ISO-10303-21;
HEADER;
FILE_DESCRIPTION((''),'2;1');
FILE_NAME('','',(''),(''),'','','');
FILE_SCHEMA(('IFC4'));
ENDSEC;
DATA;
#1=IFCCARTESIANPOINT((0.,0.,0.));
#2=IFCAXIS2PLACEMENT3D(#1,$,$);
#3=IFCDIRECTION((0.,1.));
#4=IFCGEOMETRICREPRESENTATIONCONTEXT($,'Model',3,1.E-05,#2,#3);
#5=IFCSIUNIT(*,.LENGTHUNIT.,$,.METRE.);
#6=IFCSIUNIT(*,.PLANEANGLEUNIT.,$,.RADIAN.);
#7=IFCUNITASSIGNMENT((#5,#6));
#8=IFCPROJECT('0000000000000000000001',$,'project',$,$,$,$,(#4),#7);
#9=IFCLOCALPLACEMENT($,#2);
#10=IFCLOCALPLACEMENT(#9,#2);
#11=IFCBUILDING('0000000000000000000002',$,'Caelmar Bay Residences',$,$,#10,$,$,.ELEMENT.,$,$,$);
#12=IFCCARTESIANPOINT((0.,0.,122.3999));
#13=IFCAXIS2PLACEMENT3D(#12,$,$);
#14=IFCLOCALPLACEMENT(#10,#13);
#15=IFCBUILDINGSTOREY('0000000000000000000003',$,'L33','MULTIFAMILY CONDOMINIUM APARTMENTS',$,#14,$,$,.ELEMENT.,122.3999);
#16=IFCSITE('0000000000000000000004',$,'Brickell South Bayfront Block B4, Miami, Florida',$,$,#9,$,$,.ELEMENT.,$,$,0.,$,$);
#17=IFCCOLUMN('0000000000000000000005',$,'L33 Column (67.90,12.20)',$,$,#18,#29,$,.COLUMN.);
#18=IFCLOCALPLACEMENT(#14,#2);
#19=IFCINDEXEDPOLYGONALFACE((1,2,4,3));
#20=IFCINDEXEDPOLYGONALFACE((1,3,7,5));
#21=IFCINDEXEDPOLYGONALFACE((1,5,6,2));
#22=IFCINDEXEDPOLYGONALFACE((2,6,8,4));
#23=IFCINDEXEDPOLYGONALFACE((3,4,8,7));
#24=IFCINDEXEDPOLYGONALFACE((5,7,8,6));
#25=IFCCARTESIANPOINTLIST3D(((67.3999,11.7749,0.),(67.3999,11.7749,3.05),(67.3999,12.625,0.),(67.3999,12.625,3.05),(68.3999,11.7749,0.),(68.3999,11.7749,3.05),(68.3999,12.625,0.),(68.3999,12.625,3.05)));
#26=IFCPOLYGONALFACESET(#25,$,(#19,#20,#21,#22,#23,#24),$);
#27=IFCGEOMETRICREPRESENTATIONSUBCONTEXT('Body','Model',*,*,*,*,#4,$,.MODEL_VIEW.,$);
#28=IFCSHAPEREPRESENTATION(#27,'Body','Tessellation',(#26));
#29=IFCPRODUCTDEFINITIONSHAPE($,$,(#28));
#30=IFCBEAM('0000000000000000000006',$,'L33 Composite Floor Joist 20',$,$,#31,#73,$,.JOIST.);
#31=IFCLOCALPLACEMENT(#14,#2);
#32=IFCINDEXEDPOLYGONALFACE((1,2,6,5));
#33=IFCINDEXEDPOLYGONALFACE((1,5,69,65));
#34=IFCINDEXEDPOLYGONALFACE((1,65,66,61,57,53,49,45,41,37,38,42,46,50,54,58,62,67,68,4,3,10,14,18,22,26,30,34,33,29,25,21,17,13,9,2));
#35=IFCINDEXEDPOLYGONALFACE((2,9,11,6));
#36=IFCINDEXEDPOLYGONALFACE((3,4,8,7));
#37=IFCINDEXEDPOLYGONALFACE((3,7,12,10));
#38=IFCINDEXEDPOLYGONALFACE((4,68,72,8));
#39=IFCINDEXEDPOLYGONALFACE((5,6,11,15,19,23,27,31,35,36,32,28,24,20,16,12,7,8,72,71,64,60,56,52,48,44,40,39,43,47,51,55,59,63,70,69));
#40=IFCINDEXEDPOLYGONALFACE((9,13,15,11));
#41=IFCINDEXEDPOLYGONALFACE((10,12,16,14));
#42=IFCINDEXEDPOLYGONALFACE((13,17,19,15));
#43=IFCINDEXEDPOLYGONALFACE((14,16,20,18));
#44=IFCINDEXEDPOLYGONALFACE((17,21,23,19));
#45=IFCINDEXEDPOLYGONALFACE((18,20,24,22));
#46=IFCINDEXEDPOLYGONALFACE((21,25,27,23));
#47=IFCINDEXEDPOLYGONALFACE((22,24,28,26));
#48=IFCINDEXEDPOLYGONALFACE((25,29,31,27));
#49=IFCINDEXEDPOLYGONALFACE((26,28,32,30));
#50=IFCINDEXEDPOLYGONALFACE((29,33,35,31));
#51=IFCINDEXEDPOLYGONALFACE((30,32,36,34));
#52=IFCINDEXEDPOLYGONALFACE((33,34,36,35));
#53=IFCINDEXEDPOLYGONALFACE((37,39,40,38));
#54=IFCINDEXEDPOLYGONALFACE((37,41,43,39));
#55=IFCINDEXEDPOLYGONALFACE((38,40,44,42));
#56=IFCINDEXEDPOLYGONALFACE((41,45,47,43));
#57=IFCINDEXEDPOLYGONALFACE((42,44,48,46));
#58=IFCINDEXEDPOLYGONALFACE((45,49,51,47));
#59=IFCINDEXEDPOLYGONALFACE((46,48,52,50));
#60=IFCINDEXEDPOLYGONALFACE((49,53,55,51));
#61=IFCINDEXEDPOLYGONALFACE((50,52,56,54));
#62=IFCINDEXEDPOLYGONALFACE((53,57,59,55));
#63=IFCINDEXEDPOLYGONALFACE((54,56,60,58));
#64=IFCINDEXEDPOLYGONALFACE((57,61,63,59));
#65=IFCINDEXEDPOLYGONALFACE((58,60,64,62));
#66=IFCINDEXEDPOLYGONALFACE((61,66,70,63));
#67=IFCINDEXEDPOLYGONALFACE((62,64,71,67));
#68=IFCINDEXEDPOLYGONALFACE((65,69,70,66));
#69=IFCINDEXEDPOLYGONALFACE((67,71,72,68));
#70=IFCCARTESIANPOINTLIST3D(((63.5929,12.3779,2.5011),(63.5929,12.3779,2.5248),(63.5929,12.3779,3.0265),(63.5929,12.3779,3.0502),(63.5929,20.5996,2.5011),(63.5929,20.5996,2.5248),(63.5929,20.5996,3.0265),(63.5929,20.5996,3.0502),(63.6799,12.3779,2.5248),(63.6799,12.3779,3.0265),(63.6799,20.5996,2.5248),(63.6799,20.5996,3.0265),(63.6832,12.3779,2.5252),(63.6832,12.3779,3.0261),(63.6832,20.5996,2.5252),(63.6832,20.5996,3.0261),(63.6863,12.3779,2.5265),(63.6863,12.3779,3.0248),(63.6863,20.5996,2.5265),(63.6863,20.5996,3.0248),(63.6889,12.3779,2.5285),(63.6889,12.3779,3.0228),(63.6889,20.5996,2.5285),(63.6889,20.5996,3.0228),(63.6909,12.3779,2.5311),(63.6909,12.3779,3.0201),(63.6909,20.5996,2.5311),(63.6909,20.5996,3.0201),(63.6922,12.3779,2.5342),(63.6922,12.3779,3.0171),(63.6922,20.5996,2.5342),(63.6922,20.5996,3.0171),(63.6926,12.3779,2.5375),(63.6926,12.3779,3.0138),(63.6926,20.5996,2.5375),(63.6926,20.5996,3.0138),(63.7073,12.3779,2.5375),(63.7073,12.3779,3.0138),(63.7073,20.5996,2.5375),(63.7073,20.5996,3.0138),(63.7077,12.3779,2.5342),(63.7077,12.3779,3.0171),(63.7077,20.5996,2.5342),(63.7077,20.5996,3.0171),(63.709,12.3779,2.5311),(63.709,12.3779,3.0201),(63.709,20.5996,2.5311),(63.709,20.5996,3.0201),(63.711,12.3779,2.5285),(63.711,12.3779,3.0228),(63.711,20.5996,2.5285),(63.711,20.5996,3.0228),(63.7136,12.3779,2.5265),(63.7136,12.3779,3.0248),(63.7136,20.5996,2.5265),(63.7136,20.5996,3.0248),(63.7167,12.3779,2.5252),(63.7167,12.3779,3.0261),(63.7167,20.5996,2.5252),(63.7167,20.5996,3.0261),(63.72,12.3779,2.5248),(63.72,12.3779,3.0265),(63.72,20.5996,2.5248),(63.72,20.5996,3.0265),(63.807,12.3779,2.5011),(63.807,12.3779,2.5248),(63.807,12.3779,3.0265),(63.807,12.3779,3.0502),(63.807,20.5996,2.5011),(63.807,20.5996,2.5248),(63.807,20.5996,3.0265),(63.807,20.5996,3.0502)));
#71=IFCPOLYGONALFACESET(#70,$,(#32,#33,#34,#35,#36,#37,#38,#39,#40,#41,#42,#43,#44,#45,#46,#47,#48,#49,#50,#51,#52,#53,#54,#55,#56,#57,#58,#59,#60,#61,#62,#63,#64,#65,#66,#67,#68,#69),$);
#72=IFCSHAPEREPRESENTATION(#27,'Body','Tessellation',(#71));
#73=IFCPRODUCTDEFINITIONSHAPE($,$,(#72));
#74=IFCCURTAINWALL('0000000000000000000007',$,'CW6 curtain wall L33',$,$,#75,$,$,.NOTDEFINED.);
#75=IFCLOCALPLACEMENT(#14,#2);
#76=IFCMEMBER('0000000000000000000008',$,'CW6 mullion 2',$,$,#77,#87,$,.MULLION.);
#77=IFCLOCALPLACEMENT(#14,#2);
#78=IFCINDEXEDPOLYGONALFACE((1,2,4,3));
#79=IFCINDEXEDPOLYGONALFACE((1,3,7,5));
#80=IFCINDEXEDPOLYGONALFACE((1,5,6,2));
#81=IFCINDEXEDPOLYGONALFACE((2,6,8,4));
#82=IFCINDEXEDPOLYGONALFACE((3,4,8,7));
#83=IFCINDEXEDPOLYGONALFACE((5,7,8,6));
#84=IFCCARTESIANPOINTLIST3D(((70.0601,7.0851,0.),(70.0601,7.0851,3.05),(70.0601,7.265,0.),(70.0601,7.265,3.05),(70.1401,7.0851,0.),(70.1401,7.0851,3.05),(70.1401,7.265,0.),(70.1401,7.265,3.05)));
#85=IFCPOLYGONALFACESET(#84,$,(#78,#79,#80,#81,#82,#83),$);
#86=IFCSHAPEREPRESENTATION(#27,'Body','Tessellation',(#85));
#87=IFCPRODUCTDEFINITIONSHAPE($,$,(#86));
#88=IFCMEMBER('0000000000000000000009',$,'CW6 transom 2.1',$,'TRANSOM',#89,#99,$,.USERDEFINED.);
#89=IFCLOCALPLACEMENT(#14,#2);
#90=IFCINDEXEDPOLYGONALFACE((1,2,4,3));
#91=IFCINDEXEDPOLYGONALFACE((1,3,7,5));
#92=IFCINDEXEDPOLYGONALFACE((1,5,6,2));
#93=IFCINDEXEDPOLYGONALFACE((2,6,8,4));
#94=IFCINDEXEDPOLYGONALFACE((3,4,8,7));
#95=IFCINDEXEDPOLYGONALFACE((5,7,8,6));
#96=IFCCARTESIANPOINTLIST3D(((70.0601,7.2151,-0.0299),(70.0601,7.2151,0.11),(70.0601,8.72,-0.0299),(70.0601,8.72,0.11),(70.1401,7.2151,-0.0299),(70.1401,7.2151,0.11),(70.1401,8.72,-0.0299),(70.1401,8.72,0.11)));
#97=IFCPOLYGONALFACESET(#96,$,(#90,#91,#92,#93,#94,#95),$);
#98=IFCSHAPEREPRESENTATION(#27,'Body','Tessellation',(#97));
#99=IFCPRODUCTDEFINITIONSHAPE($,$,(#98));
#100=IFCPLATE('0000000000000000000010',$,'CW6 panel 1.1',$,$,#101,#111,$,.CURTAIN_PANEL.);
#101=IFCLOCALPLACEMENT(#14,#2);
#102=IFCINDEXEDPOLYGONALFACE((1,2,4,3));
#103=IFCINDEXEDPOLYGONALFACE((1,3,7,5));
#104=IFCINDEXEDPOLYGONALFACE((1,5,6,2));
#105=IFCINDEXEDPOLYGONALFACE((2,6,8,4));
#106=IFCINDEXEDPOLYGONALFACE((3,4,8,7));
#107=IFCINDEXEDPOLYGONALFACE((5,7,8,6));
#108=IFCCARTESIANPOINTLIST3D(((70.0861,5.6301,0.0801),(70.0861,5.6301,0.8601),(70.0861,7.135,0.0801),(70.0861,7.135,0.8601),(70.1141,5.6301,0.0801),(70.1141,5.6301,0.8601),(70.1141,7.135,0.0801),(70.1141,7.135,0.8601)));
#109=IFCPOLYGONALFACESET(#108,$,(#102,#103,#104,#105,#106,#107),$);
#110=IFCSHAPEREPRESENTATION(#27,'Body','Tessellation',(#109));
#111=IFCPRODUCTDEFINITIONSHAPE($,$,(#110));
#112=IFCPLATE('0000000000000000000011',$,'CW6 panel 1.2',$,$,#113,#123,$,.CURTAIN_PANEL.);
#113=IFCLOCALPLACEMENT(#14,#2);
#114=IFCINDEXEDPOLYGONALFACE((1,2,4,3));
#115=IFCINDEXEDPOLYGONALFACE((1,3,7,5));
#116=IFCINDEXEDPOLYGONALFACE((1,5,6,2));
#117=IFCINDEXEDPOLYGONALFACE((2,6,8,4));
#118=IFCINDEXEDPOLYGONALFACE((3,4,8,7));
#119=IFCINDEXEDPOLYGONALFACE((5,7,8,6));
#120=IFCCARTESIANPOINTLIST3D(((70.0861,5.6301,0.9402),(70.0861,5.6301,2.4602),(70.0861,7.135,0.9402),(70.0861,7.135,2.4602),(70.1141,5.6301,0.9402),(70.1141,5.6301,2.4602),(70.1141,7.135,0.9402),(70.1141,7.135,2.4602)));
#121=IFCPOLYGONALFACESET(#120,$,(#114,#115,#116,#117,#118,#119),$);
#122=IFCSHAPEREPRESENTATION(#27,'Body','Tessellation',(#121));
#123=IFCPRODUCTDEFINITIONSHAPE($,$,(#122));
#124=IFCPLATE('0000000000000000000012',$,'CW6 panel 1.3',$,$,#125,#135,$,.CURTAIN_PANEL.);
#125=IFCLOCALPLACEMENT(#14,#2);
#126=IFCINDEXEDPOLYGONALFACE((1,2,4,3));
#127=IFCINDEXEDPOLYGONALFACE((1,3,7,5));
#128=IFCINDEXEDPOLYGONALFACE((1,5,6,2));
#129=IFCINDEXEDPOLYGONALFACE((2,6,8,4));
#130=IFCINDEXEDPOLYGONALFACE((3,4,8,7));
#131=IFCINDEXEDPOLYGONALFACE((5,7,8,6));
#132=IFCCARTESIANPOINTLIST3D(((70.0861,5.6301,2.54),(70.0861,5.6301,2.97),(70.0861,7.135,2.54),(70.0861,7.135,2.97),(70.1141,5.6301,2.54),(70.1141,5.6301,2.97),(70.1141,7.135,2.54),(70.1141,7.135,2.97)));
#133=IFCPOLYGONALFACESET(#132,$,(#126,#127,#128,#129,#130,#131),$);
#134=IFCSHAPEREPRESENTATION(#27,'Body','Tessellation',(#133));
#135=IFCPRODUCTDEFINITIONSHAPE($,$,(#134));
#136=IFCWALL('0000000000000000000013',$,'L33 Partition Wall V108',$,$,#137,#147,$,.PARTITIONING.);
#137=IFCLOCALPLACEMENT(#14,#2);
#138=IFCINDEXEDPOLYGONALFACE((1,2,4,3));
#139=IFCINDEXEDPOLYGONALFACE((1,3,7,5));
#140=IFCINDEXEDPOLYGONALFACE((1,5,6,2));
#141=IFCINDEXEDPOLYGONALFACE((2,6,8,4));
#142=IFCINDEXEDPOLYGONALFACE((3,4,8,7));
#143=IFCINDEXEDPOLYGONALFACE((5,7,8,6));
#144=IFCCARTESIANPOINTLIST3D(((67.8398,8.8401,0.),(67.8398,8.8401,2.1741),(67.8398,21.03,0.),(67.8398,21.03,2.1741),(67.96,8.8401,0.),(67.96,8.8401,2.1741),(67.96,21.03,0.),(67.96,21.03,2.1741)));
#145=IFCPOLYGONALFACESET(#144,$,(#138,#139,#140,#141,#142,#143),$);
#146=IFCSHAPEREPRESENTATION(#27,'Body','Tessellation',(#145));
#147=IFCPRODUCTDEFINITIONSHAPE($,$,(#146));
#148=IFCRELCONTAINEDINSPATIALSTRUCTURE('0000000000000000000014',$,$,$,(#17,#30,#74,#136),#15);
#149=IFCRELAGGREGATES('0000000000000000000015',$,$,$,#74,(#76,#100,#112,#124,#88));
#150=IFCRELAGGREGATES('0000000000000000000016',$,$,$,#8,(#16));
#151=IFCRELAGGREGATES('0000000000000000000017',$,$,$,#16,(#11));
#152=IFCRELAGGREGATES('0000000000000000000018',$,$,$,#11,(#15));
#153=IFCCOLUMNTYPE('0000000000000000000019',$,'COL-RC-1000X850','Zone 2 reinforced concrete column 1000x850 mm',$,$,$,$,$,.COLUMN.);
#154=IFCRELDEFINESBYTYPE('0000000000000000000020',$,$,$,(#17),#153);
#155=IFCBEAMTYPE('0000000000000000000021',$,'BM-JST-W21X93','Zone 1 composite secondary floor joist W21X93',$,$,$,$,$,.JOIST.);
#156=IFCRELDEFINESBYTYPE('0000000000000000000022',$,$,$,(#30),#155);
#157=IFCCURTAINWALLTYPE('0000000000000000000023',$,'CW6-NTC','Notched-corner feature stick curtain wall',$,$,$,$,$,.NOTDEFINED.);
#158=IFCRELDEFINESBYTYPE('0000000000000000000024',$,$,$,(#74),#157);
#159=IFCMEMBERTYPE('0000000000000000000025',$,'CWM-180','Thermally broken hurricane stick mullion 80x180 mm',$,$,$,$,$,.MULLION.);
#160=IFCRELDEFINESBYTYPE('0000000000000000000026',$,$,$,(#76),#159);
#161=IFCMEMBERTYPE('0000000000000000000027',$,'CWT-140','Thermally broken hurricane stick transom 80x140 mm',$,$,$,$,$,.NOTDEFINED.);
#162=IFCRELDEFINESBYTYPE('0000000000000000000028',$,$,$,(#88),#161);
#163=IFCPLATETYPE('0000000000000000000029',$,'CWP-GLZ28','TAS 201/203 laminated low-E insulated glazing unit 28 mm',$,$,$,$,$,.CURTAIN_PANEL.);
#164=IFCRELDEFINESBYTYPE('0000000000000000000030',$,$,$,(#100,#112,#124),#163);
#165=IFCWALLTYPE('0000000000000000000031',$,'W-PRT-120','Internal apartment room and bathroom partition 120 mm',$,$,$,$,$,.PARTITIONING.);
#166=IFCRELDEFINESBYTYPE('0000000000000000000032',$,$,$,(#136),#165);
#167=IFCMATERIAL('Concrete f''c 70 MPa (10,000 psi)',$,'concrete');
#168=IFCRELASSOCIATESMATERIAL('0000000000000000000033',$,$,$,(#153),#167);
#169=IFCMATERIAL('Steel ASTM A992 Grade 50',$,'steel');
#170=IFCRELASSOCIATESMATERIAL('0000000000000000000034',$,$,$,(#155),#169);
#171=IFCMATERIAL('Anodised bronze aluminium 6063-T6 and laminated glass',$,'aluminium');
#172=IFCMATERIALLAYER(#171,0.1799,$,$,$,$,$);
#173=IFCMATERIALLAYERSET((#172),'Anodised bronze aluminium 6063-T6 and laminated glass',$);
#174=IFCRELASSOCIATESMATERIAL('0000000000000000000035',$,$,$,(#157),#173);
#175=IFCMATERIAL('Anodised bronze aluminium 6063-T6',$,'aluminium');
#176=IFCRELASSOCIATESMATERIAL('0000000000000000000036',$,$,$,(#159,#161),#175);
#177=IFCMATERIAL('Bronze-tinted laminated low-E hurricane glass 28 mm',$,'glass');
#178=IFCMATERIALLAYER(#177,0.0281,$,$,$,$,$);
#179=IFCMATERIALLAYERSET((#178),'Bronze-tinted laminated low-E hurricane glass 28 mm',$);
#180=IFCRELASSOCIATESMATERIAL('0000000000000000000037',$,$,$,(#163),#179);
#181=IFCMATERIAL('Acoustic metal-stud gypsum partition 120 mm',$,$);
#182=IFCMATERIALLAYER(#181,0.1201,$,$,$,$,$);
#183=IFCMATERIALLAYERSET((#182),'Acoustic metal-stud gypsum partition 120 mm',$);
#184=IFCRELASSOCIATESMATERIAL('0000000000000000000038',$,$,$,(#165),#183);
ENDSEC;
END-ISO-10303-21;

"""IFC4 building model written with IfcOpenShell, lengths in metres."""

from ifc_helpers import new_model, si_unit, direction, frame, frame_2d, origin, origin_2d, place, context, subcontext, project, spatial, rectangle, i_section, extrude, material, layer, layer_set, material_profile, profile_set, type_object, element, aggregate, save


model = new_model("IFC4")

# Units and contexts
model_context = context("Model", 3, precision=1e-05, world=origin(), true_north=direction((0.0, 1.0)))
body_context = subcontext(model_context, "Body", "Model", "MODEL_VIEW")
ifc_project = project(units=[si_unit("LENGTHUNIT", "METRE"), si_unit("PLANEANGLEUNIT", "RADIAN")], contexts=[model_context])

# Site, building, storey
site_placement = place(None, origin())
site = spatial("IfcSite", under=ifc_project, at=site_placement, Name="Brickell South Bayfront Block B4, Miami, Florida", CompositionType="ELEMENT", RefElevation=0.0)
building_placement = place(site_placement, origin())
building = spatial("IfcBuilding", under=site, at=building_placement, Name="Caelmar Bay Residences", CompositionType="ELEMENT")
storey_placement = place(building_placement, frame((0.0, 0.0, 122.3999)))
storey = spatial("IfcBuildingStorey", under=building, at=storey_placement, Name="L33", Description="MULTIFAMILY CONDOMINIUM APARTMENTS", CompositionType="ELEMENT", Elevation=122.3999)

# Column
ifc_material_1 = material(Name="Concrete f'c 70 MPa (10,000 psi)", Category="concrete")
ifc_material_profile_1 = material_profile(ifc_material_1, rectangle(XDim=1.0, YDim=0.8501, at=origin_2d()), Name="RC-COL-1000X850")
ifc_profile_set_1 = profile_set([ifc_material_profile_1], Name="Concrete f'c 70 MPa (10,000 psi)")
column_type = type_object("IfcColumnType", Name="COL-RC-1000X850", Description="Zone 2 reinforced concrete column 1000x850 mm", PredefinedType="COLUMN", material=ifc_profile_set_1)
column_placement = place(storey_placement, frame((67.8999, 12.2, 0.0), z_axis=(0.0, 0.0, 1.0), x_axis=(1.0, 0.0, 0.0)))
element("IfcColumn", 1, at=column_placement, inside=storey, type_object=column_type, Name="L33 Column (67.90,12.20)", PredefinedType="COLUMN", context=body_context, shape_type="SweptSolid", body=[
    extrude(rectangle(XDim=1.0, YDim=0.8501, at=origin_2d()), origin(), (0.0, 0.0, 1.0), 3.05),
])

# Beam
ifc_material_2 = material(Name="Steel ASTM A992 Grade 50", Category="steel")
ifc_material_profile_2 = material_profile(ifc_material_2, i_section(OverallWidth=0.2141, OverallDepth=0.5491, WebThickness=0.0146, FlangeThickness=0.0237, FilletRadius=0.0127, at=origin_2d()), Name="W21X93")
ifc_profile_set_2 = profile_set([ifc_material_profile_2], Name="Steel ASTM A992 Grade 50")
beam_type = type_object("IfcBeamType", Name="BM-JST-W21X93", Description="Zone 1 composite secondary floor joist W21X93", PredefinedType="JOIST", material=ifc_profile_set_2)
beam_placement = place(storey_placement, frame((63.7, 12.3779, 2.7756), z_axis=(0.0, 1.0, 0.0), x_axis=(-1.0, 0.0, 0.0)))
element("IfcBeam", 2, at=beam_placement, inside=storey, type_object=beam_type, Name="L33 Composite Floor Joist 20", PredefinedType="JOIST", context=body_context, shape_type="SweptSolid", body=[
    extrude(i_section(OverallWidth=0.2141, OverallDepth=0.5491, WebThickness=0.0146, FlangeThickness=0.0237, FilletRadius=0.0127, at=origin_2d()), origin(), (0.0, 0.0, 1.0), 8.2217),
])

# Curtain wall, members, plates
ifc_material_3 = material(Name="Anodised bronze aluminium 6063-T6 and laminated glass", Category="aluminium")
ifc_layer_1 = layer(ifc_material_3, 0.1799)
ifc_layer_set_1 = layer_set([ifc_layer_1], Name="Anodised bronze aluminium 6063-T6 and laminated glass")
curtain_wall_type = type_object("IfcCurtainWallType", Name="CW6-NTC", Description="Notched-corner feature stick curtain wall", PredefinedType="NOTDEFINED", material=ifc_layer_set_1)
curtain_wall_placement = place(storey_placement, origin())
curtain_wall = element("IfcCurtainWall", 3, at=curtain_wall_placement, inside=storey, type_object=curtain_wall_type, Name="CW6 curtain wall L33", PredefinedType="NOTDEFINED")
ifc_material_4 = material(Name="Anodised bronze aluminium 6063-T6", Category="aluminium")
ifc_material_profile_3 = material_profile(ifc_material_4, rectangle(XDim=0.0801, YDim=0.1799, at=origin_2d()), Name="CWM-80X180")
ifc_profile_set_3 = profile_set([ifc_material_profile_3], Name="Anodised bronze aluminium 6063-T6")
member_type_1 = type_object("IfcMemberType", Name="CWM-180", Description="Thermally broken hurricane stick mullion 80x180 mm", PredefinedType="MULLION", material=ifc_profile_set_3)
member_1_placement = place(storey_placement, frame((70.1001, 7.175, 0.0), z_axis=(0.0, 0.0, 1.0), x_axis=(-1.0, 0.0, 0.0)))
member_1 = element("IfcMember", 4, at=member_1_placement, type_object=member_type_1, Name="CW6 mullion 2", PredefinedType="MULLION", context=body_context, shape_type="SweptSolid", body=[
    extrude(rectangle(XDim=0.0801, YDim=0.1799, at=origin_2d()), origin(), (0.0, 0.0, 1.0), 3.05),
])
ifc_material_profile_4 = material_profile(ifc_material_4, rectangle(XDim=0.0801, YDim=0.1399, at=origin_2d()), Name="CWT-80X140")
ifc_profile_set_4 = profile_set([ifc_material_profile_4], Name="Anodised bronze aluminium 6063-T6")
member_type_2 = type_object("IfcMemberType", Name="CWT-140", Description="Thermally broken hurricane stick transom 80x140 mm", PredefinedType="NOTDEFINED", material=ifc_profile_set_4)
member_2_placement = place(storey_placement, frame((70.1001, 7.2151, 0.04), z_axis=(0.0, 1.0, 0.0), x_axis=(-1.0, 0.0, 0.0)))
member_2 = element("IfcMember", 5, at=member_2_placement, type_object=member_type_2, Name="CW6 transom 2.1", ObjectType="TRANSOM", PredefinedType="USERDEFINED", context=body_context, shape_type="SweptSolid", body=[
    extrude(rectangle(XDim=0.0801, YDim=0.1399, at=origin_2d()), origin(), (0.0, 0.0, 1.0), 1.5049),
])
ifc_material_5 = material(Name="Bronze-tinted laminated low-E hurricane glass 28 mm", Category="glass")
ifc_layer_2 = layer(ifc_material_5, 0.0281)
ifc_layer_set_2 = layer_set([ifc_layer_2], Name="Bronze-tinted laminated low-E hurricane glass 28 mm")
plate_type = type_object("IfcPlateType", Name="CWP-GLZ28", Description="TAS 201/203 laminated low-E insulated glazing unit 28 mm", PredefinedType="CURTAIN_PANEL", material=ifc_layer_set_2)
plate_1_placement = place(storey_placement, frame((70.1001, 6.3826, 0.0801), z_axis=(0.0, 0.0, 1.0), x_axis=(0.0, 1.0, 0.0)))
plate_1 = element("IfcPlate", 6, at=plate_1_placement, type_object=plate_type, Name="CW6 panel 1.1", PredefinedType="CURTAIN_PANEL", context=body_context, shape_type="SweptSolid", body=[
    extrude(rectangle(XDim=1.5049, YDim=0.0281, at=origin_2d()), origin(), (0.0, 0.0, 1.0), 0.78),
])
plate_2_placement = place(storey_placement, frame((70.1001, 6.3826, 0.9402), z_axis=(0.0, 0.0, 1.0), x_axis=(0.0, 1.0, 0.0)))
plate_2 = element("IfcPlate", 7, at=plate_2_placement, type_object=plate_type, Name="CW6 panel 1.2", PredefinedType="CURTAIN_PANEL", context=body_context, shape_type="SweptSolid", body=[
    extrude(rectangle(XDim=1.5049, YDim=0.0281, at=origin_2d()), origin(), (0.0, 0.0, 1.0), 1.52),
])
plate_3_placement = place(storey_placement, frame((70.1001, 6.3826, 2.54), z_axis=(0.0, 0.0, 1.0), x_axis=(0.0, 1.0, 0.0)))
plate_3 = element("IfcPlate", 8, at=plate_3_placement, type_object=plate_type, Name="CW6 panel 1.3", PredefinedType="CURTAIN_PANEL", context=body_context, shape_type="SweptSolid", body=[
    extrude(rectangle(XDim=1.5049, YDim=0.0281, at=origin_2d()), origin(), (0.0, 0.0, 1.0), 0.4299),
])
aggregate(curtain_wall, [member_1, plate_1, plate_2, plate_3, member_2])

# Wall
ifc_material_6 = material(Name="Acoustic metal-stud gypsum partition 120 mm")
ifc_layer_3 = layer(ifc_material_6, 0.1201)
ifc_layer_set_3 = layer_set([ifc_layer_3], Name="Acoustic metal-stud gypsum partition 120 mm")
wall_type = type_object("IfcWallType", Name="W-PRT-120", Description="Internal apartment room and bathroom partition 120 mm", PredefinedType="PARTITIONING", material=ifc_layer_set_3)
wall_placement = place(storey_placement, frame((67.8999, 8.8401, 0.0), z_axis=(0.0, 0.0, 1.0), x_axis=(0.0, 1.0, 0.0)))
element("IfcWall", 9, at=wall_placement, inside=storey, type_object=wall_type, Name="L33 Partition Wall V108", PredefinedType="PARTITIONING", context=body_context, shape_type="SweptSolid", body=[
    extrude(rectangle(XDim=12.1899, YDim=0.1201, at=frame_2d((6.095, 0.0))), origin(), (0.0, 0.0, 1.0), 2.1741),
])

save(model, "model.ifc")
